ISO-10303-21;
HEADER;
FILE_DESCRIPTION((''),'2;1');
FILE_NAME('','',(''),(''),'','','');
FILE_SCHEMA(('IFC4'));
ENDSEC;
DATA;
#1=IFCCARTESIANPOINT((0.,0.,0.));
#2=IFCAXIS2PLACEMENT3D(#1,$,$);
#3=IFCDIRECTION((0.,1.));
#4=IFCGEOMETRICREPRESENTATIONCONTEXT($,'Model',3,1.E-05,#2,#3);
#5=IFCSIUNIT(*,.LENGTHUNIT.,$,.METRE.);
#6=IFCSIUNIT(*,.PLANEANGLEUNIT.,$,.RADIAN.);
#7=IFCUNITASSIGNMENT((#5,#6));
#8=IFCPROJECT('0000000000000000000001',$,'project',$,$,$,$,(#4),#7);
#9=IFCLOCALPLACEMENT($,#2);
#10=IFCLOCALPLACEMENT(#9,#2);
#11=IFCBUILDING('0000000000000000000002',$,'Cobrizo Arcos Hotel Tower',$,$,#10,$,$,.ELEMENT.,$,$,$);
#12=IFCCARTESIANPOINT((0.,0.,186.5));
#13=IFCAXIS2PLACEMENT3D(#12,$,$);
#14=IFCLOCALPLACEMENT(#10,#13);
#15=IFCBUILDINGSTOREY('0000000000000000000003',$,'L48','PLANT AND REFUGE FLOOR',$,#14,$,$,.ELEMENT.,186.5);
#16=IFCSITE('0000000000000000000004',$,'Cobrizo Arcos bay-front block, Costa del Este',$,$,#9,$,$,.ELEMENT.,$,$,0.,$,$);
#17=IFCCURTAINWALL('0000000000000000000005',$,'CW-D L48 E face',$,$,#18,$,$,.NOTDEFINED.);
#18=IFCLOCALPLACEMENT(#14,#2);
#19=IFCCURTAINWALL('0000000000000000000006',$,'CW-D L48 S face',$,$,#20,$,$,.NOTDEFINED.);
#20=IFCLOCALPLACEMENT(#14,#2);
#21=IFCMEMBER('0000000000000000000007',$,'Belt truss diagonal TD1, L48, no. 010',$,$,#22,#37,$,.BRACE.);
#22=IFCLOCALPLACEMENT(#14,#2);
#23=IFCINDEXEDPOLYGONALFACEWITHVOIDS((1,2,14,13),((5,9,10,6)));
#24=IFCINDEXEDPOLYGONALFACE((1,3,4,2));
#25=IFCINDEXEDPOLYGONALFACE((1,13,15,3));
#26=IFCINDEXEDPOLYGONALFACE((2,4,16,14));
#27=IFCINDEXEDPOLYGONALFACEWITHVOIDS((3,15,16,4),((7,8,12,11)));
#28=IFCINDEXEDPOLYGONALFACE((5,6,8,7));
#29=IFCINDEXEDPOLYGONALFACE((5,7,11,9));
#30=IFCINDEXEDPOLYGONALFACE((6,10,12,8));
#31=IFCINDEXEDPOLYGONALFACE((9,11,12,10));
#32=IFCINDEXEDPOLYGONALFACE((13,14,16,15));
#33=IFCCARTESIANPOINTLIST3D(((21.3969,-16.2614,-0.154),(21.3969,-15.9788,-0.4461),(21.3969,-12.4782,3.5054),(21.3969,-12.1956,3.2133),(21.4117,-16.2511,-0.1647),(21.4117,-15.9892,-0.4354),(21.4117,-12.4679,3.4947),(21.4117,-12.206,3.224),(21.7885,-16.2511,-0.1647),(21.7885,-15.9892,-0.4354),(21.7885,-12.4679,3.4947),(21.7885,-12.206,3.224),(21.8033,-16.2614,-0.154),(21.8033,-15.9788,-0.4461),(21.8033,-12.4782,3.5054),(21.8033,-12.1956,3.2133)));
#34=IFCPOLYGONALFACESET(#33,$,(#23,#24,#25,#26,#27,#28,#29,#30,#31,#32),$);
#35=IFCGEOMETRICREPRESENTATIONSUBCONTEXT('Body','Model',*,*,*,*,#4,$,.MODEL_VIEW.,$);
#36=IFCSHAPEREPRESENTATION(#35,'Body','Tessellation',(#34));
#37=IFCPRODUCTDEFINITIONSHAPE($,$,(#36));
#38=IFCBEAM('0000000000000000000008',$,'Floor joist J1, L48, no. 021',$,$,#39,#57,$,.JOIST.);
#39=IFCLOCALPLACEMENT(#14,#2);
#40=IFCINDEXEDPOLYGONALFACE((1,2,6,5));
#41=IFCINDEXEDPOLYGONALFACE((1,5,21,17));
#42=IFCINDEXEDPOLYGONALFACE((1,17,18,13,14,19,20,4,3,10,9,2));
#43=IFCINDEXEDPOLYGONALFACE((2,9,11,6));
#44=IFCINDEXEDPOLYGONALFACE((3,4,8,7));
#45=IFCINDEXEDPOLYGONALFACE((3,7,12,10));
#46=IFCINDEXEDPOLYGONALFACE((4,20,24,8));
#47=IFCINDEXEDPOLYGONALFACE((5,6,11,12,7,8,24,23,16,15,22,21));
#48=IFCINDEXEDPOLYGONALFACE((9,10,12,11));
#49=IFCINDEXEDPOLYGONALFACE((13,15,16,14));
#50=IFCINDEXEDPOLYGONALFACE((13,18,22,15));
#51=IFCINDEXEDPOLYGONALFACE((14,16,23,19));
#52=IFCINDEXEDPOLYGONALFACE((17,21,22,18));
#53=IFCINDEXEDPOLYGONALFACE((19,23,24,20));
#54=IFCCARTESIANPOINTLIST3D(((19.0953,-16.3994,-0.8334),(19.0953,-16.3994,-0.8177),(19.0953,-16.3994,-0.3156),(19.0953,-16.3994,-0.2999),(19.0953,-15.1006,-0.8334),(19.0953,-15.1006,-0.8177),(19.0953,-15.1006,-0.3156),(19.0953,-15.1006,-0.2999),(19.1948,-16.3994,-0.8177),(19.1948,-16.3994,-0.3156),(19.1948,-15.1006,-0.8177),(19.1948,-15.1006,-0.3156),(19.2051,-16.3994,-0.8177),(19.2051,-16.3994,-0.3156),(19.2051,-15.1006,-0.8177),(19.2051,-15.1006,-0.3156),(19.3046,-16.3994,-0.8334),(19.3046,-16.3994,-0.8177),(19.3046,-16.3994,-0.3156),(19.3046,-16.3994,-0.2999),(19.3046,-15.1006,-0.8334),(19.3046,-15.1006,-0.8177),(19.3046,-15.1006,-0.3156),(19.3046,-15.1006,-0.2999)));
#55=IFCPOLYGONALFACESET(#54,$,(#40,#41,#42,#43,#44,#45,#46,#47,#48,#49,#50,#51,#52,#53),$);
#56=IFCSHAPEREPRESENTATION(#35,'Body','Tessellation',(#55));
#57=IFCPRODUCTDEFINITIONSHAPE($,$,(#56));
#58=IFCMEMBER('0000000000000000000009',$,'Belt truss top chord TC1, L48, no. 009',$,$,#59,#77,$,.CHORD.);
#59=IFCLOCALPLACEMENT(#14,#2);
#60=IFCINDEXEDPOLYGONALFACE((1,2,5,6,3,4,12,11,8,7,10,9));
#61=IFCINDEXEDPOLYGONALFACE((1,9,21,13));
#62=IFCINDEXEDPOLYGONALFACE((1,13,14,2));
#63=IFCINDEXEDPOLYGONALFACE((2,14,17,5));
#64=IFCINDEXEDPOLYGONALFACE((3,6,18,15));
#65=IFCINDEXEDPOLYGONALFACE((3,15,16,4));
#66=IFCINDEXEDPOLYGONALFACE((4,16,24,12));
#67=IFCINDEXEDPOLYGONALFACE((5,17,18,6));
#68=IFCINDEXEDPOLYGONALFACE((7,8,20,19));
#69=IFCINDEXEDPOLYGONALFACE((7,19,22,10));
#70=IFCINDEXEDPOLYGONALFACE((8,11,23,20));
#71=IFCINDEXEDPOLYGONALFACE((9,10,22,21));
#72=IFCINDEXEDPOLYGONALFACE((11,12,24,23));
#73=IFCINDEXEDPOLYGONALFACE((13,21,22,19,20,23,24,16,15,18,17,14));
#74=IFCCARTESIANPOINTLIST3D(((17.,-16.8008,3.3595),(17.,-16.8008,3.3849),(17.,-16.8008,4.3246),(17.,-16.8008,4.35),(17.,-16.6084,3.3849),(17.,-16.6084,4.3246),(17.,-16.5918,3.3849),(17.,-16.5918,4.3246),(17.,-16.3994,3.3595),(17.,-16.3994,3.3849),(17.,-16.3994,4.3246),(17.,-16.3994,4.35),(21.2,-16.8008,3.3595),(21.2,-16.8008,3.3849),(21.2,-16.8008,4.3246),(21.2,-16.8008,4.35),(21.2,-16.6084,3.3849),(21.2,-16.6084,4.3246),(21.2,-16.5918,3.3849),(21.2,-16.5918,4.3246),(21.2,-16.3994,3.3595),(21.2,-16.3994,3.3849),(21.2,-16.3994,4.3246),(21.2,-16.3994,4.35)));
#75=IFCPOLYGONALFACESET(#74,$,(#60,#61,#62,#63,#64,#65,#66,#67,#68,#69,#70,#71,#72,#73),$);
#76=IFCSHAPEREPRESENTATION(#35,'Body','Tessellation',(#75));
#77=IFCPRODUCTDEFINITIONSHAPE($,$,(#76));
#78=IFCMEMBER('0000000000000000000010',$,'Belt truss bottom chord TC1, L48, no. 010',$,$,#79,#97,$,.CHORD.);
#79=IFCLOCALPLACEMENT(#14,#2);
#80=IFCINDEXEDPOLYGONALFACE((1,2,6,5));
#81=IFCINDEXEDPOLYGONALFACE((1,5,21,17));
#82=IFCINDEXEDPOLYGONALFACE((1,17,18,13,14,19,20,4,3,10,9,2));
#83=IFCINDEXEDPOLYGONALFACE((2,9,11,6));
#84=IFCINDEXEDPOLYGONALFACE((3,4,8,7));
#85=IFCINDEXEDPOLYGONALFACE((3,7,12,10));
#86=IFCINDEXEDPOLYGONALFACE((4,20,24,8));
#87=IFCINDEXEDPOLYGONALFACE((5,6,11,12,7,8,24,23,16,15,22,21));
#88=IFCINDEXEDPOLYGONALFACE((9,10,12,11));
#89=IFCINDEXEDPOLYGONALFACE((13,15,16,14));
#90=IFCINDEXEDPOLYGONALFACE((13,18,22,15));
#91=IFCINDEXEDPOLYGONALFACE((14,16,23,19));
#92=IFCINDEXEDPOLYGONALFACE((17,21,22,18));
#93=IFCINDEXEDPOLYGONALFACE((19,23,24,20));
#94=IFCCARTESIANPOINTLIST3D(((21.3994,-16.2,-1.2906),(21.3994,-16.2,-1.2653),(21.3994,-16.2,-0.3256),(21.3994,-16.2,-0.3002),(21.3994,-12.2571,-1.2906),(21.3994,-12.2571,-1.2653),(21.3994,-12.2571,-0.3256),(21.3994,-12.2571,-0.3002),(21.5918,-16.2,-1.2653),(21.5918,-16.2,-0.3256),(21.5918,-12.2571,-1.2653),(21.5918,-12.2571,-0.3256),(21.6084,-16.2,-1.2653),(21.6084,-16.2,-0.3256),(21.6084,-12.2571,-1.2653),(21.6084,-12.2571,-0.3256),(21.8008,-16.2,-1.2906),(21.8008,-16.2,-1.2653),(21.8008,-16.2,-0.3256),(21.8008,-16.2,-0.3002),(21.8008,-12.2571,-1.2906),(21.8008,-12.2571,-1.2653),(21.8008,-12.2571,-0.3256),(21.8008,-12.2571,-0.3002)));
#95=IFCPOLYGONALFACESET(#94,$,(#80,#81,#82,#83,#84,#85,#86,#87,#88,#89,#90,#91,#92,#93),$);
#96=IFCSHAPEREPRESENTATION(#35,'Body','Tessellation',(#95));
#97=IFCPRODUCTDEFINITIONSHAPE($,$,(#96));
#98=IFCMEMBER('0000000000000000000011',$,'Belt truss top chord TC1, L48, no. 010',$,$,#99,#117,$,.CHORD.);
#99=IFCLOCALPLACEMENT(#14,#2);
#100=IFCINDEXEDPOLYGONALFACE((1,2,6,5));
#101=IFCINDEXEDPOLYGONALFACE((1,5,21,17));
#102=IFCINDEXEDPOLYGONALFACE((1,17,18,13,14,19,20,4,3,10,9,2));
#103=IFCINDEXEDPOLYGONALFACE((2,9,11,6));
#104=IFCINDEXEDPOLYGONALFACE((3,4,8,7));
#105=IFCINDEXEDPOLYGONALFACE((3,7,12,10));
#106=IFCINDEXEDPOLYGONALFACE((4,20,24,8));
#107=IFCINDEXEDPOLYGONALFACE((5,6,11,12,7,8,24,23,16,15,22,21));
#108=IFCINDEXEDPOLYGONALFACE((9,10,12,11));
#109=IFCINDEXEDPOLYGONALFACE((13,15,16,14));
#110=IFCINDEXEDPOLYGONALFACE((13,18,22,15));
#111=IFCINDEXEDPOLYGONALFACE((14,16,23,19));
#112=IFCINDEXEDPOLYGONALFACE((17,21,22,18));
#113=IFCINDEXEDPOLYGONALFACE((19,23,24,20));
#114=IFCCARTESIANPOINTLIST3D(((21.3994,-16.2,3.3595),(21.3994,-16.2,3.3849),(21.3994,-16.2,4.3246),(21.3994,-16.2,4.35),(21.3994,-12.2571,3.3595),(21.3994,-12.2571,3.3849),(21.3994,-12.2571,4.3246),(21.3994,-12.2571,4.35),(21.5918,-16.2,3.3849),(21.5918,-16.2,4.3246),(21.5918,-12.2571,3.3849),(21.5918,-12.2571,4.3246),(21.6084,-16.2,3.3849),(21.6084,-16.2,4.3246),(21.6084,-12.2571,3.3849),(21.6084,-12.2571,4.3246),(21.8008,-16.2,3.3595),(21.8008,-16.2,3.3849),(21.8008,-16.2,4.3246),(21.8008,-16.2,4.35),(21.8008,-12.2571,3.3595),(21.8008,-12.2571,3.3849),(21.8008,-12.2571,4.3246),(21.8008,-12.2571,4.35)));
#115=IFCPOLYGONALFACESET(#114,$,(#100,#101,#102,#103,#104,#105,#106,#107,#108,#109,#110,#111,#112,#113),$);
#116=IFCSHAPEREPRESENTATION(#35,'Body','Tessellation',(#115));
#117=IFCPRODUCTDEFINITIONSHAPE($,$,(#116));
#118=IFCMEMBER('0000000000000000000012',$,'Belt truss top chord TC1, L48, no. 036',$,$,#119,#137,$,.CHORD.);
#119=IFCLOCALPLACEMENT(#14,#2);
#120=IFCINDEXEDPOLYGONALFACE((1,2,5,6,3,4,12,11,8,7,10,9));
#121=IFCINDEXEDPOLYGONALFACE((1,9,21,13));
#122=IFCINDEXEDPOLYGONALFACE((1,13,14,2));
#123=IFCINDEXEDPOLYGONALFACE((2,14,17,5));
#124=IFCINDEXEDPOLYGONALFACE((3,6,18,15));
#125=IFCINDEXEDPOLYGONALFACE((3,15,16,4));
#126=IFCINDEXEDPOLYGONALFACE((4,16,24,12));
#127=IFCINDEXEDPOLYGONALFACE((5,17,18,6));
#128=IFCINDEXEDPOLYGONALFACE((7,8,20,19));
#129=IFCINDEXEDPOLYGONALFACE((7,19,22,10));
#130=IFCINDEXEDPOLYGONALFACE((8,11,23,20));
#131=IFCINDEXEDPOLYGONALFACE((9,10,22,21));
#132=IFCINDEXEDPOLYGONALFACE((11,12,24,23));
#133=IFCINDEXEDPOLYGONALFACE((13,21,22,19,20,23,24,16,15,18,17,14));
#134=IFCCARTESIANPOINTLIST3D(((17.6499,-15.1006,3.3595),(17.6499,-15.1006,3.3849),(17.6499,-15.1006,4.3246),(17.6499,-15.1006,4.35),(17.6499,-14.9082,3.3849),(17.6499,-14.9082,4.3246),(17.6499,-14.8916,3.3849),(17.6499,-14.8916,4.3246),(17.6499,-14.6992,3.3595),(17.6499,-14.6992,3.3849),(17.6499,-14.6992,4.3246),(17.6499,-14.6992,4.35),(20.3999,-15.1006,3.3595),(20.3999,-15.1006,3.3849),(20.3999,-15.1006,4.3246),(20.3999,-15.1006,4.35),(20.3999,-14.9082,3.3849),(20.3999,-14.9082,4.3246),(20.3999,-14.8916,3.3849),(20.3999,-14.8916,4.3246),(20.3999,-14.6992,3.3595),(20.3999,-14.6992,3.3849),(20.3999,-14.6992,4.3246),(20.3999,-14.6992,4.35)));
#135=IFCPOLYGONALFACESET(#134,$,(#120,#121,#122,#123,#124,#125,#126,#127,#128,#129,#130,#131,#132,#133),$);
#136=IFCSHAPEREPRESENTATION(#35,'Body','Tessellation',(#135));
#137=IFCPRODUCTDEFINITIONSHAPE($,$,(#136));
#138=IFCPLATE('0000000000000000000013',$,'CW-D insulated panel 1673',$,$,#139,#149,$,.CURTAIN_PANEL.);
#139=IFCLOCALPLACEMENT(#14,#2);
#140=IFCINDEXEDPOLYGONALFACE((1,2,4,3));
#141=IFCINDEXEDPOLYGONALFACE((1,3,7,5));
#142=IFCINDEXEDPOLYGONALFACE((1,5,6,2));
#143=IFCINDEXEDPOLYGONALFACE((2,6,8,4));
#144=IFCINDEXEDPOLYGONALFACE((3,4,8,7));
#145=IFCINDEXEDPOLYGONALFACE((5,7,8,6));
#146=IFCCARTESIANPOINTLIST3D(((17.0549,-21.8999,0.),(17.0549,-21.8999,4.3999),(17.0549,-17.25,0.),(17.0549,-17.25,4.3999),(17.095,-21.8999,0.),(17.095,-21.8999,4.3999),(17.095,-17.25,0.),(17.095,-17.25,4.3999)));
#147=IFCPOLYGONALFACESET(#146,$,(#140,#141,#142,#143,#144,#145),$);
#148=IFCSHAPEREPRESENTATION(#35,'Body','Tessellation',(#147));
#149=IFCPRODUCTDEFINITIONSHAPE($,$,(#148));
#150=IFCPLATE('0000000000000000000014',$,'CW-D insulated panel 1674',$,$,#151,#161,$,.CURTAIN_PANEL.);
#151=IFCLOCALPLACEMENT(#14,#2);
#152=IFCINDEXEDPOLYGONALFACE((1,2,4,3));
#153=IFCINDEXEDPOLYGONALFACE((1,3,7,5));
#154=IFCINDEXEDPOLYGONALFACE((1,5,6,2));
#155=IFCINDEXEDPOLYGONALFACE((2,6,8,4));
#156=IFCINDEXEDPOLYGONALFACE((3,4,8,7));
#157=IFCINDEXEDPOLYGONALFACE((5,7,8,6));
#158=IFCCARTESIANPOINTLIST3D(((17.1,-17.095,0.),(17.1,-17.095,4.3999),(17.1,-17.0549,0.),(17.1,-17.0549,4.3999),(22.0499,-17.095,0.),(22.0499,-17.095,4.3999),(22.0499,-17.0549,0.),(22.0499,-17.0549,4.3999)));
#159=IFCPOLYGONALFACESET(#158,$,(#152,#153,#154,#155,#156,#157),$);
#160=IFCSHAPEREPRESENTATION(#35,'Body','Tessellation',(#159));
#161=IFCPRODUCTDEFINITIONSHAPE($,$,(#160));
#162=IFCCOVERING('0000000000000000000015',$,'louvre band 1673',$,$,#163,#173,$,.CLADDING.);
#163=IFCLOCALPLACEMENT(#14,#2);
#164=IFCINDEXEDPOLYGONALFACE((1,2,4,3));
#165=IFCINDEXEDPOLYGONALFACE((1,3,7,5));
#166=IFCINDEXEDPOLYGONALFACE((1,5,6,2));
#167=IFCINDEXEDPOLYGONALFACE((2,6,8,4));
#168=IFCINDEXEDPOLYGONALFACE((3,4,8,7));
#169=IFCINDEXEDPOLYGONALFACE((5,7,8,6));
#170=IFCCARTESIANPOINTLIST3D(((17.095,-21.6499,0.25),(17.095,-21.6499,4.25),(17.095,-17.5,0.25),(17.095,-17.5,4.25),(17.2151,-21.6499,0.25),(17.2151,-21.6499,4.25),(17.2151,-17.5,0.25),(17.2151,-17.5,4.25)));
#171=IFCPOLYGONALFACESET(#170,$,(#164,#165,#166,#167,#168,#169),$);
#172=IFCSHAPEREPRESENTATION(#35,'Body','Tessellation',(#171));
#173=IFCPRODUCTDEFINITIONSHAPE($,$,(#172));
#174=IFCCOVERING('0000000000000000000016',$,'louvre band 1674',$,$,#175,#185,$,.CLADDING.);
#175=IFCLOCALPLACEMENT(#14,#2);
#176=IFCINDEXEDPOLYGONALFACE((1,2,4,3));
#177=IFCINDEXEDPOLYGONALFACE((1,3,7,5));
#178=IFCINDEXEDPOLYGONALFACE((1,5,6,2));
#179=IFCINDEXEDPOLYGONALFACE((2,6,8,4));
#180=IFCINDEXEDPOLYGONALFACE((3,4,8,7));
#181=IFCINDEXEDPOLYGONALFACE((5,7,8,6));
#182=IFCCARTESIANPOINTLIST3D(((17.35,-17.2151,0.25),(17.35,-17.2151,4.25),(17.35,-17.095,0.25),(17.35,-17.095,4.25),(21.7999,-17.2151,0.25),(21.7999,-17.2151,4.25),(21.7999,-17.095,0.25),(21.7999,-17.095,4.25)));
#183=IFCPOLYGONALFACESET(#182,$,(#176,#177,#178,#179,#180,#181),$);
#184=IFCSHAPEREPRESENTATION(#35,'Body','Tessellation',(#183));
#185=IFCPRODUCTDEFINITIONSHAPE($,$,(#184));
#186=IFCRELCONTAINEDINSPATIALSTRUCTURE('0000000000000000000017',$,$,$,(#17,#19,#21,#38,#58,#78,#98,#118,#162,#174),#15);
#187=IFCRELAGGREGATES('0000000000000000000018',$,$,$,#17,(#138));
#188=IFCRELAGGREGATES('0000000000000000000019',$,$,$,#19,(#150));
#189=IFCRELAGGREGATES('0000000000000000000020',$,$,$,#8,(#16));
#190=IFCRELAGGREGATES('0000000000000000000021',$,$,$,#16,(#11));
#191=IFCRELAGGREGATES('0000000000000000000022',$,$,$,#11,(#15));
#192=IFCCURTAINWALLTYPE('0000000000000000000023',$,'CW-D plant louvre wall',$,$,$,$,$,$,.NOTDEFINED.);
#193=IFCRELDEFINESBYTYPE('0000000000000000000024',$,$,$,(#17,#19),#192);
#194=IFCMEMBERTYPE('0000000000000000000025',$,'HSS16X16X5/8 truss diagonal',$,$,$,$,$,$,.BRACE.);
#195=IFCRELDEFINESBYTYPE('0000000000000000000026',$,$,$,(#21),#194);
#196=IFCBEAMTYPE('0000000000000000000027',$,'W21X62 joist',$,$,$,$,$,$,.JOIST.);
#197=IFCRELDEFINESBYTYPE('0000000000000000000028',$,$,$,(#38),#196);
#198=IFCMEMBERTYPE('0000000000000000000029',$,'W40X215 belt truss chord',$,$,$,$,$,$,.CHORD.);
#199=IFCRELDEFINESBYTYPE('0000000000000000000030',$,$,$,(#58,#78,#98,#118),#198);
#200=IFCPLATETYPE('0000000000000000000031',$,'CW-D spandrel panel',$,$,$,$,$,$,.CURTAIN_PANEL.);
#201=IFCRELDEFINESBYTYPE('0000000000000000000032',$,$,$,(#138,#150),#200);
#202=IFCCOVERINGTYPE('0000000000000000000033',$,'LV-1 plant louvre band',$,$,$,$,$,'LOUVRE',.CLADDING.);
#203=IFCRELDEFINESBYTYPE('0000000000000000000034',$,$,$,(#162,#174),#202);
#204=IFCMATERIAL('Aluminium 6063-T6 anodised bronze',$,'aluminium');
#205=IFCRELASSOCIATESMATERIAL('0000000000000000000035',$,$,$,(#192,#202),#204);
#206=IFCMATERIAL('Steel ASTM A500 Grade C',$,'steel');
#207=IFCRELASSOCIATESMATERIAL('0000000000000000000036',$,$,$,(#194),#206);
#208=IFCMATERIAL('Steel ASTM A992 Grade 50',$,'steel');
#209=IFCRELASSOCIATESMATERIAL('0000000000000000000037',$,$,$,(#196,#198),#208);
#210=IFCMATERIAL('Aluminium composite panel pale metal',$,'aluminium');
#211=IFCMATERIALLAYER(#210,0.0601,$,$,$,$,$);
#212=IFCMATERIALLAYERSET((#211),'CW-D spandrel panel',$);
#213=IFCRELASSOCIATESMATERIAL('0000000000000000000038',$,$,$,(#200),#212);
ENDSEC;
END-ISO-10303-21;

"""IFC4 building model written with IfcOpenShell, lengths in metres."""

from ifc_helpers import new_model, si_unit, direction, frame, origin, origin_2d, place, context, subcontext, project, spatial, rectangle, hollow_rectangle, i_section, extrude, material, layer, layer_set, material_profile, profile_set, type_object, element, aggregate, save


model = new_model("IFC4")

# Units and contexts
model_context = context("Model", 3, precision=1e-05, world=origin(), true_north=direction((0.0, 1.0)))
body_context = subcontext(model_context, "Body", "Model", "MODEL_VIEW")
ifc_project = project(units=[si_unit("LENGTHUNIT", "METRE"), si_unit("PLANEANGLEUNIT", "RADIAN")], contexts=[model_context])

# Site, building, storey
site_placement = place(None, origin())
site = spatial("IfcSite", under=ifc_project, at=site_placement, Name="Cobrizo Arcos bay-front block, Costa del Este", CompositionType="ELEMENT", RefElevation=0.0)
building_placement = place(site_placement, origin())
building = spatial("IfcBuilding", under=site, at=building_placement, Name="Cobrizo Arcos Hotel Tower", CompositionType="ELEMENT")
storey_placement = place(building_placement, frame((0.0, 0.0, 186.5)))
storey = spatial("IfcBuildingStorey", under=building, at=storey_placement, Name="L48", Description="PLANT AND REFUGE FLOOR", CompositionType="ELEMENT", Elevation=186.5)

# Shared definitions
ifc_material_1 = material(Name="Aluminium 6063-T6 anodised bronze", Category="aluminium")
curtain_wall_type = type_object("IfcCurtainWallType", Name="CW-D plant louvre wall", PredefinedType="NOTDEFINED", material=ifc_material_1)

# Curtain walls
curtain_wall_1_placement = place(storey_placement, origin())
curtain_wall_1 = element("IfcCurtainWall", 1, at=curtain_wall_1_placement, inside=storey, type_object=curtain_wall_type, Name="CW-D L48 E face", PredefinedType="NOTDEFINED")
curtain_wall_2_placement = place(storey_placement, origin())
curtain_wall_2 = element("IfcCurtainWall", 2, at=curtain_wall_2_placement, inside=storey, type_object=curtain_wall_type, Name="CW-D L48 S face", PredefinedType="NOTDEFINED")

# Member
ifc_material_2 = material(Name="Steel ASTM A500 Grade C", Category="steel")
ifc_material_profile_1 = material_profile(ifc_material_2, hollow_rectangle(XDim=0.4065, YDim=0.4065, WallThickness=0.0149, at=origin_2d()), Name="HSS16X16X5/8")
ifc_profile_set_1 = profile_set([ifc_material_profile_1], Name="Steel ASTM A500 Grade C")
member_type_1 = type_object("IfcMemberType", Name="HSS16X16X5/8 truss diagonal", PredefinedType="BRACE", material=ifc_profile_set_1)
member_1_placement = place(storey_placement, frame((21.6001, -16.1201, -0.3), z_axis=(0.0, 0.718767, 0.695251), x_axis=(-1.0, 0.0, 0.0)))
element("IfcMember", 3, at=member_1_placement, inside=storey, type_object=member_type_1, Name="Belt truss diagonal TD1, L48, no. 010", PredefinedType="BRACE", context=body_context, shape_type="SweptSolid", body=[
    extrude(hollow_rectangle(XDim=0.4065, YDim=0.4065, WallThickness=0.0149, at=origin_2d()), origin(), (0.0, 0.0, 1.0), 5.2634),
])

# Beam
ifc_material_3 = material(Name="Steel ASTM A992 Grade 50", Category="steel")
ifc_material_profile_2 = material_profile(ifc_material_3, i_section(OverallWidth=0.2092, OverallDepth=0.5334, WebThickness=0.0103, FlangeThickness=0.0156, at=origin_2d()), Name="W21X62")
ifc_profile_set_2 = profile_set([ifc_material_profile_2], Name="Steel ASTM A992 Grade 50")
beam_type_1 = type_object("IfcBeamType", Name="W21X62 joist", PredefinedType="JOIST", material=ifc_profile_set_2)
beam_1_placement = place(storey_placement, frame((19.2, -16.3994, -0.5667), z_axis=(0.0, 1.0, 0.0), x_axis=(-1.0, 0.0, 0.0)))
element("IfcBeam", 4, at=beam_1_placement, inside=storey, type_object=beam_type_1, Name="Floor joist J1, L48, no. 021", PredefinedType="JOIST", context=body_context, shape_type="SweptSolid", body=[
    extrude(i_section(OverallWidth=0.2092, OverallDepth=0.5334, WebThickness=0.0103, FlangeThickness=0.0156, at=origin_2d()), origin(), (0.0, 0.0, 1.0), 1.2988),
])

# Members
ifc_material_profile_3 = material_profile(ifc_material_3, i_section(OverallWidth=0.4014, OverallDepth=0.9905, WebThickness=0.0166, FlangeThickness=0.0254, at=origin_2d()), Name="W40X215")
ifc_profile_set_3 = profile_set([ifc_material_profile_3], Name="Steel ASTM A992 Grade 50")
member_type_2 = type_object("IfcMemberType", Name="W40X215 belt truss chord", PredefinedType="CHORD", material=ifc_profile_set_3)
member_2_placement = place(storey_placement, frame((17.0, -16.6001, 3.8547), z_axis=(1.0, 0.0, 0.0), x_axis=(0.0, 1.0, 0.0)))
element("IfcMember", 5, at=member_2_placement, inside=storey, type_object=member_type_2, Name="Belt truss top chord TC1, L48, no. 009", PredefinedType="CHORD", context=body_context, shape_type="SweptSolid", body=[
    extrude(i_section(OverallWidth=0.4014, OverallDepth=0.9905, WebThickness=0.0166, FlangeThickness=0.0254, at=origin_2d()), origin(), (0.0, 0.0, 1.0), 4.2),
])
for number, where, z_axis, x_axis, name in (
    (6, (21.6001, -16.2, -0.7954), (0.0, 1.0, 0.0), (-1.0, 0.0, 0.0), "Belt truss bottom chord TC1, L48, no. 010"),
    (7, (21.6001, -16.2, 3.8547), (0.0, 1.0, 0.0), (-1.0, 0.0, 0.0), "Belt truss top chord TC1, L48, no. 010"),
):
    element("IfcMember", number, at=place(storey_placement, frame(where, z_axis=z_axis, x_axis=x_axis)), inside=storey, type_object=member_type_2, Name=name, PredefinedType="CHORD", context=body_context, shape_type="SweptSolid", body=[
        extrude(i_section(OverallWidth=0.4014, OverallDepth=0.9905, WebThickness=0.0166, FlangeThickness=0.0254, at=origin_2d()), origin(), (0.0, 0.0, 1.0), 3.9429),
    ])
member_3_placement = place(storey_placement, frame((17.6499, -14.8999, 3.8547), z_axis=(1.0, 0.0, 0.0), x_axis=(0.0, 1.0, 0.0)))
element("IfcMember", 8, at=member_3_placement, inside=storey, type_object=member_type_2, Name="Belt truss top chord TC1, L48, no. 036", PredefinedType="CHORD", context=body_context, shape_type="SweptSolid", body=[
    extrude(i_section(OverallWidth=0.4014, OverallDepth=0.9905, WebThickness=0.0166, FlangeThickness=0.0254, at=origin_2d()), origin(), (0.0, 0.0, 1.0), 2.75),
])

# Plates
ifc_material_4 = material(Name="Aluminium composite panel pale metal", Category="aluminium")
ifc_layer = layer(ifc_material_4, 0.0601)
ifc_layer_set = layer_set([ifc_layer], Name="CW-D spandrel panel")
plate_type = type_object("IfcPlateType", Name="CW-D spandrel panel", PredefinedType="CURTAIN_PANEL", material=ifc_layer_set)
plate_1_placement = place(storey_placement, frame((17.075, -19.575, 0.0), z_axis=(0.0, 0.0, 1.0), x_axis=(0.0, 1.0, 0.0)))
plate_1 = element("IfcPlate", 9, at=plate_1_placement, type_object=plate_type, Name="CW-D insulated panel 1673", PredefinedType="CURTAIN_PANEL", context=body_context, shape_type="SweptSolid", body=[
    extrude(rectangle(XDim=4.6499, YDim=0.04, at=origin_2d()), origin(), (0.0, 0.0, 1.0), 4.3999),
])
aggregate(curtain_wall_1, [plate_1])
plate_2_placement = place(storey_placement, frame((19.575, -17.075, 0.0), z_axis=(0.0, 0.0, 1.0), x_axis=(1.0, 0.0, 0.0)))
plate_2 = element("IfcPlate", 10, at=plate_2_placement, type_object=plate_type, Name="CW-D insulated panel 1674", PredefinedType="CURTAIN_PANEL", context=body_context, shape_type="SweptSolid", body=[
    extrude(rectangle(XDim=4.95, YDim=0.04, at=origin_2d()), origin(), (0.0, 0.0, 1.0), 4.3999),
])
aggregate(curtain_wall_2, [plate_2])

# Coverings
covering_type = type_object("IfcCoveringType", Name="LV-1 plant louvre band", ElementType="LOUVRE", PredefinedType="CLADDING", material=ifc_material_1)
covering_1_placement = place(storey_placement, frame((17.155, -19.575, 0.25), z_axis=(0.0, 0.0, 1.0), x_axis=(0.0, 1.0, 0.0)))
element("IfcCovering", 11, at=covering_1_placement, inside=storey, type_object=covering_type, Name="louvre band 1673", PredefinedType="CLADDING", context=body_context, shape_type="SweptSolid", body=[
    extrude(rectangle(XDim=4.1499, YDim=0.1201, at=origin_2d()), origin(), (0.0, 0.0, 1.0), 4.0),
])
covering_2_placement = place(storey_placement, frame((19.575, -17.155, 0.25), z_axis=(0.0, 0.0, 1.0), x_axis=(1.0, 0.0, 0.0)))
element("IfcCovering", 12, at=covering_2_placement, inside=storey, type_object=covering_type, Name="louvre band 1674", PredefinedType="CLADDING", context=body_context, shape_type="SweptSolid", body=[
    extrude(rectangle(XDim=4.45, YDim=0.1201, at=origin_2d()), origin(), (0.0, 0.0, 1.0), 4.0),
])

save(model, "model.ifc")
